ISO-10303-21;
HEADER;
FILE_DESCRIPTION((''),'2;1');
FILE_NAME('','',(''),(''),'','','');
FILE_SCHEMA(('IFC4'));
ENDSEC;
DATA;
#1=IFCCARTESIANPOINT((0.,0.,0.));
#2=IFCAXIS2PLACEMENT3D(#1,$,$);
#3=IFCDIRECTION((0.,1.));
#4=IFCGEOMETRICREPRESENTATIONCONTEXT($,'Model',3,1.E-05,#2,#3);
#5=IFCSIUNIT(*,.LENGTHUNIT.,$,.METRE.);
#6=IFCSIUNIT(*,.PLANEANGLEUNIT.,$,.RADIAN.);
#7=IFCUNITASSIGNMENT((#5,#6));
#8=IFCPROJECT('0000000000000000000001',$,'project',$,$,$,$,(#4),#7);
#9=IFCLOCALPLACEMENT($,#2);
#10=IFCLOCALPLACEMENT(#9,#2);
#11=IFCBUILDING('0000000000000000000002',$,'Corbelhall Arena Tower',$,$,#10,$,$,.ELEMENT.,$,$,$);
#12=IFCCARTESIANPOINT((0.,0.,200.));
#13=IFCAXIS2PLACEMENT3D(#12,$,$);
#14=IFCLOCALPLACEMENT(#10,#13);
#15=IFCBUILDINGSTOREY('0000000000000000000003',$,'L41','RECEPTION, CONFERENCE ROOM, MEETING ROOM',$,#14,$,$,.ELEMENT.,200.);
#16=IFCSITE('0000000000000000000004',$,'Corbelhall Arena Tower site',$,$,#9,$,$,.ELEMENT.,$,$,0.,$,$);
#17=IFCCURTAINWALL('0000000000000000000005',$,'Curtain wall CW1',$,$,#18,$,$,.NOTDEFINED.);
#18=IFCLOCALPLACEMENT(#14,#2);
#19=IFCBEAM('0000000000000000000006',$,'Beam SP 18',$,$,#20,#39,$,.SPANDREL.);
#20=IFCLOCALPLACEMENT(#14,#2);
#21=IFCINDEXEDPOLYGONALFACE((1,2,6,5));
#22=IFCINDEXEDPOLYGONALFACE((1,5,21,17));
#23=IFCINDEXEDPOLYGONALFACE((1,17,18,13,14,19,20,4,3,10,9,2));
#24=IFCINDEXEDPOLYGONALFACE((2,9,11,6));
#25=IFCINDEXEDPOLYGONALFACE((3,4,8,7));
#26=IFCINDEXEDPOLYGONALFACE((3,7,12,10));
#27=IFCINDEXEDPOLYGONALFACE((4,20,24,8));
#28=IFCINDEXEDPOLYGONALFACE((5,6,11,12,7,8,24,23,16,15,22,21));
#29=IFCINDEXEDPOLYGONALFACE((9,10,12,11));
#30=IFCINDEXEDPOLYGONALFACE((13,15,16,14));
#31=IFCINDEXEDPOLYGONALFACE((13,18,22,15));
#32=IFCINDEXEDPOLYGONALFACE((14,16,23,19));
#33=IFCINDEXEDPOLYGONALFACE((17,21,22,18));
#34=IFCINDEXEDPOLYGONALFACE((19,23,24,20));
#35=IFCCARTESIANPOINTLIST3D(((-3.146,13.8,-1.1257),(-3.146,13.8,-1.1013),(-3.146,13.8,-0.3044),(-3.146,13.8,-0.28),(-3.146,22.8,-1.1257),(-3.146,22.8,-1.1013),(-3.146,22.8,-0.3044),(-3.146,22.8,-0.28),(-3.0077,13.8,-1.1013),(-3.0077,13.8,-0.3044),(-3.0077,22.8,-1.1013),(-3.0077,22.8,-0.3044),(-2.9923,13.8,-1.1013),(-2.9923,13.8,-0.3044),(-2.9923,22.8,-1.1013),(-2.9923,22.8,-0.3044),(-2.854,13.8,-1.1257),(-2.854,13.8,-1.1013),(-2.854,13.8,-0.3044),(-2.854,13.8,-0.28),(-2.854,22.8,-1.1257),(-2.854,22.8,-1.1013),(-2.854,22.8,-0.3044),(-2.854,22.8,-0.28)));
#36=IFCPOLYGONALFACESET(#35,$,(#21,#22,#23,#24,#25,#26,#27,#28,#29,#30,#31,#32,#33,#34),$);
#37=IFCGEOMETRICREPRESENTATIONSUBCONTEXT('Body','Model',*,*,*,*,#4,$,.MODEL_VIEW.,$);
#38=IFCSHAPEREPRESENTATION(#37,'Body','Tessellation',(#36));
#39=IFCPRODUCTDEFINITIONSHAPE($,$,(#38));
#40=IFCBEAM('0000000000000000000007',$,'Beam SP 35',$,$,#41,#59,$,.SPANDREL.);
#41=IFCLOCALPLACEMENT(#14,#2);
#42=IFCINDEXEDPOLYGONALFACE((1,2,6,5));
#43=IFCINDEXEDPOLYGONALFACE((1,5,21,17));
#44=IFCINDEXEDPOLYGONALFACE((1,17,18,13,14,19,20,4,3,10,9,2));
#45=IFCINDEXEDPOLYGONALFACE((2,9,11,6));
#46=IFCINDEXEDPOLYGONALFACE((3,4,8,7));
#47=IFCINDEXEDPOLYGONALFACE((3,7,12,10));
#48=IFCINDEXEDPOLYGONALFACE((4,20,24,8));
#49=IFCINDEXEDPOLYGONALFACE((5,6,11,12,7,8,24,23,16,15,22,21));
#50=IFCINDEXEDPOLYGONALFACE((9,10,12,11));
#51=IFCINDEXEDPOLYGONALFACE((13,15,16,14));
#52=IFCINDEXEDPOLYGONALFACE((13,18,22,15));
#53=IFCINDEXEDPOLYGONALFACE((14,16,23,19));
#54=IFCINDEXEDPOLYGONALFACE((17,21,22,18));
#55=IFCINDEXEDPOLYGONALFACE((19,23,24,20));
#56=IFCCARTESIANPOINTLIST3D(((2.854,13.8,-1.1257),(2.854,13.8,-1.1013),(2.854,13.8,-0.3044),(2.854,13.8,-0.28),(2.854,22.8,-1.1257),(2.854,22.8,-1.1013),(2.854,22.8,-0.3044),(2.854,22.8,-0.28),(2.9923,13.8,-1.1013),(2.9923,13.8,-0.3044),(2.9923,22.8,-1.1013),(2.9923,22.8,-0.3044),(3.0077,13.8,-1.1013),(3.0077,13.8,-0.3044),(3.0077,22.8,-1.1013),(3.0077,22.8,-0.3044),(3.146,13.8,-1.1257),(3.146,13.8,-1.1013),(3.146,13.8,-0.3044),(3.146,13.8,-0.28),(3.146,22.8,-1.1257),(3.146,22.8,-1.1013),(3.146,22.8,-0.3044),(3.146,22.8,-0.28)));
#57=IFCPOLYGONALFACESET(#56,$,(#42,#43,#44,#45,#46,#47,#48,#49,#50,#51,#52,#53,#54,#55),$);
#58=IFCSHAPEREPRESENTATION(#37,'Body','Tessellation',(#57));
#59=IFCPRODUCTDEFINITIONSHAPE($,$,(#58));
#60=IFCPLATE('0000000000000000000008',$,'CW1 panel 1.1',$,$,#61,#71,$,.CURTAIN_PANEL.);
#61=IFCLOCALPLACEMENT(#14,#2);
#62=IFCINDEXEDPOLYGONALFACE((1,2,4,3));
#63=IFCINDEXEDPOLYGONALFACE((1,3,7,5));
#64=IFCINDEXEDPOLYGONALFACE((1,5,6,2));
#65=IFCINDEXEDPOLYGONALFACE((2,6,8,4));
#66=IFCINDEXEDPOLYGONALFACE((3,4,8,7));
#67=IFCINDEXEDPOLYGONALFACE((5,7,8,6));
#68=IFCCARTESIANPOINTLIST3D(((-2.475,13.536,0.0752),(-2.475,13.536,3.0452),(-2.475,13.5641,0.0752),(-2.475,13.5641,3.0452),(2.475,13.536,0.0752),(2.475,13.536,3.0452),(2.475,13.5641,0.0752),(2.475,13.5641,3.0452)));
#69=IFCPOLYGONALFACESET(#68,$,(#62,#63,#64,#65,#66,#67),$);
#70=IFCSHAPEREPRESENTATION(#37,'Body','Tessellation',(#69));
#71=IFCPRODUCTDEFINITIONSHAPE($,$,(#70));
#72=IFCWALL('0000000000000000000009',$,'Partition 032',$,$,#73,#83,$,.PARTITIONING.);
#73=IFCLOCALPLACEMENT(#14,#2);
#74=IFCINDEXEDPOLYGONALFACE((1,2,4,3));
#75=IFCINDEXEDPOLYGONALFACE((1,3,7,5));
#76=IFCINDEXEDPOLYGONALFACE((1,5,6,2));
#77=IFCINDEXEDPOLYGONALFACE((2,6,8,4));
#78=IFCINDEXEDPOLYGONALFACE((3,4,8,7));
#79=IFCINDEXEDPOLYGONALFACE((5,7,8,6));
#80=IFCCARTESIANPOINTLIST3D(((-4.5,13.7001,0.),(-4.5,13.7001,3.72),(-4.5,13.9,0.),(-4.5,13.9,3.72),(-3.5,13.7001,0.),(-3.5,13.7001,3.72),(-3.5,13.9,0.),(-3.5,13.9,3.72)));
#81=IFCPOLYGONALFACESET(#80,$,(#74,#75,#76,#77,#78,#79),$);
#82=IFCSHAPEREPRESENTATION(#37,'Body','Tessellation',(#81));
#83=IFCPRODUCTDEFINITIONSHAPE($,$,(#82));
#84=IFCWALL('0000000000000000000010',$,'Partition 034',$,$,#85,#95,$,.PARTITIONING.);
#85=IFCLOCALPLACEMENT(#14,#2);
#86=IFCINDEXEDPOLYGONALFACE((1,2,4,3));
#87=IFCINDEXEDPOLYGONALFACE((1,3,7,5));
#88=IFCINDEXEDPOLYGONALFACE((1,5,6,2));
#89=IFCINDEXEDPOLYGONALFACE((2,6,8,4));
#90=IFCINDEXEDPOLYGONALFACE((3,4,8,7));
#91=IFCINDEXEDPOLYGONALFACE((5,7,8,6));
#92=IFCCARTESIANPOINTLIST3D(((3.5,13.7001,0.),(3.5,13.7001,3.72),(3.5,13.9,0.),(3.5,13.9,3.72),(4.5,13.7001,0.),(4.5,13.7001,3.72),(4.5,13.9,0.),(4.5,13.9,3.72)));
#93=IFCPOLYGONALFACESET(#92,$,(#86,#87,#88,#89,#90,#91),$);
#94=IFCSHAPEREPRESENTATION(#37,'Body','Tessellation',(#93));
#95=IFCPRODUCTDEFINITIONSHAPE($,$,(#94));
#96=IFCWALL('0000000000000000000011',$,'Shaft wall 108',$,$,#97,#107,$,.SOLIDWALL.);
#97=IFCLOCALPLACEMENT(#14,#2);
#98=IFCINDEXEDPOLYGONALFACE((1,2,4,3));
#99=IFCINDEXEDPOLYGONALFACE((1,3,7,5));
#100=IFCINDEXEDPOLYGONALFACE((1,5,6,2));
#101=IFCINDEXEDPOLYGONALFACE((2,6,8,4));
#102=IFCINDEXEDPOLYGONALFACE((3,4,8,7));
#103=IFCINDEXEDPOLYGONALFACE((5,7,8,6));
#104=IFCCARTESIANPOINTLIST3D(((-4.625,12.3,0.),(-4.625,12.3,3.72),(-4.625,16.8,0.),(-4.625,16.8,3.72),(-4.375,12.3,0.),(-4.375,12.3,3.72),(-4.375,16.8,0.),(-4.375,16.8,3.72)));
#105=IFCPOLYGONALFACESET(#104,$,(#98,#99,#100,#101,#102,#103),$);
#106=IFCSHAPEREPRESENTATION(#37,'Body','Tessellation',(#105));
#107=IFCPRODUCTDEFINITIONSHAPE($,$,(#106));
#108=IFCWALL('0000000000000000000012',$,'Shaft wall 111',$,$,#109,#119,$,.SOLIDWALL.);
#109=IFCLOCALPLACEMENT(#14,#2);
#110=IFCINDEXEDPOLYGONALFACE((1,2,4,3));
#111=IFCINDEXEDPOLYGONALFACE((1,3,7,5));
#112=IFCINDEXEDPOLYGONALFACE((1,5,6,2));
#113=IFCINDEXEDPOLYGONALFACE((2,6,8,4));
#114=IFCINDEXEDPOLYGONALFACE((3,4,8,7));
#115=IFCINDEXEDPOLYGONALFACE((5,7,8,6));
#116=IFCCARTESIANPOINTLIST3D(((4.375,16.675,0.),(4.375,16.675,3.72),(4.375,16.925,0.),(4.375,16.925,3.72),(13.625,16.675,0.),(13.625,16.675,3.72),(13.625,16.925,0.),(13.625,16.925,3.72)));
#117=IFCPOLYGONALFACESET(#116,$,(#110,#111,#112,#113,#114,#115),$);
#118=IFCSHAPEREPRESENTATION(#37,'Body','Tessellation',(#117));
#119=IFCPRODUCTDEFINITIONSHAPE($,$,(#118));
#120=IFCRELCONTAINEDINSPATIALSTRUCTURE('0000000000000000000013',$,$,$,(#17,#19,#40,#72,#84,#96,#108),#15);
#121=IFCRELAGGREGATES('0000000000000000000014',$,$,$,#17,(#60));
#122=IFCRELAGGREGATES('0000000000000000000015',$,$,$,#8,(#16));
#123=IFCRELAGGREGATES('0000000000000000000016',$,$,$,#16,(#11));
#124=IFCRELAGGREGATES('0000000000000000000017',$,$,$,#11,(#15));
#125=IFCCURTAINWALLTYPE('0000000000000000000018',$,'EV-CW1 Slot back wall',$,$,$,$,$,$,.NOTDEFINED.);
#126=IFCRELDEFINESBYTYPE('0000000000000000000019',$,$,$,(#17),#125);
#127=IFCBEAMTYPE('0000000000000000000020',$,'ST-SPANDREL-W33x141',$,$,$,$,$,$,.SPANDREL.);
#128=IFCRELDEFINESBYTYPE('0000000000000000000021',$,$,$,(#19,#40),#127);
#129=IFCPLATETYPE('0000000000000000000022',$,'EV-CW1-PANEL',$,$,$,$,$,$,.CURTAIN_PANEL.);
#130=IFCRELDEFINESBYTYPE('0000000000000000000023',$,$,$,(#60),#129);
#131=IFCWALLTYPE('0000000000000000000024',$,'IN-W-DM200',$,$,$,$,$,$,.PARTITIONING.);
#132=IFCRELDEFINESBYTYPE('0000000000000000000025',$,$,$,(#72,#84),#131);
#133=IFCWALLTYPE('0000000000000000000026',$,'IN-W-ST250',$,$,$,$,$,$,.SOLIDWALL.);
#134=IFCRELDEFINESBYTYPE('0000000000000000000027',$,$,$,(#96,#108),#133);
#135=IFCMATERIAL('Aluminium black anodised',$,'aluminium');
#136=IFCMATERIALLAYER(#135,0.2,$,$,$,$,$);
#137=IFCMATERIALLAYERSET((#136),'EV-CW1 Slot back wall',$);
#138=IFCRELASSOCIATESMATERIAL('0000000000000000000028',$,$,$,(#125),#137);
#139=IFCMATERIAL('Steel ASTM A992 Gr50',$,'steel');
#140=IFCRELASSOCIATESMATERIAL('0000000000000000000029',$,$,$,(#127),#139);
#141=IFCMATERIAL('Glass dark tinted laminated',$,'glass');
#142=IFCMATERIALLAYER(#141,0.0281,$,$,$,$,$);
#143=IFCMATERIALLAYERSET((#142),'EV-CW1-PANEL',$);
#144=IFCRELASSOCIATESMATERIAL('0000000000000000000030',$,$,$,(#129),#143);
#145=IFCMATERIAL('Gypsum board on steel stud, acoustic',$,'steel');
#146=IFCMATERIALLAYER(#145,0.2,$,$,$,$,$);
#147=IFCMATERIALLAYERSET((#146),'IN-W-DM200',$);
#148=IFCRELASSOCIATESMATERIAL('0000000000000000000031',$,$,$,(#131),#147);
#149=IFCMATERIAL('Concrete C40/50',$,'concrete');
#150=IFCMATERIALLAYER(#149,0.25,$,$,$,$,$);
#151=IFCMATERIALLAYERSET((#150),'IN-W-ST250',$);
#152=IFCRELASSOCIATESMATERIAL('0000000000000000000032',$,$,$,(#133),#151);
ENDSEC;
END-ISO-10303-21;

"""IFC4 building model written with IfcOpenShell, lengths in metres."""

from ifc_helpers import new_model, si_unit, direction, frame, frame_2d, origin, origin_2d, place, context, subcontext, project, spatial, rectangle, i_section, extrude, material, layer, layer_set, material_profile, profile_set, type_object, element, aggregate, save


model = new_model("IFC4")

# Units and contexts
model_context = context("Model", 3, precision=1e-05, world=origin(), true_north=direction((0.0, 1.0)))
body_context = subcontext(model_context, "Body", "Model", "MODEL_VIEW")
ifc_project = project(units=[si_unit("LENGTHUNIT", "METRE"), si_unit("PLANEANGLEUNIT", "RADIAN")], contexts=[model_context])

# Site, building, storey
site_placement = place(None, origin())
site = spatial("IfcSite", under=ifc_project, at=site_placement, Name="Corbelhall Arena Tower site", CompositionType="ELEMENT", RefElevation=0.0)
building_placement = place(site_placement, origin())
building = spatial("IfcBuilding", under=site, at=building_placement, Name="Corbelhall Arena Tower", CompositionType="ELEMENT")
storey_placement = place(building_placement, frame((0.0, 0.0, 200.0)))
storey = spatial("IfcBuildingStorey", under=building, at=storey_placement, Name="L41", Description="RECEPTION, CONFERENCE ROOM, MEETING ROOM", CompositionType="ELEMENT", Elevation=200.0)

# Curtain wall
ifc_material_1 = material(Name="Aluminium black anodised", Category="aluminium")
ifc_layer_1 = layer(ifc_material_1, 0.2)
ifc_layer_set_1 = layer_set([ifc_layer_1], Name="EV-CW1 Slot back wall")
curtain_wall_type = type_object("IfcCurtainWallType", Name="EV-CW1 Slot back wall", PredefinedType="NOTDEFINED", material=ifc_layer_set_1)
curtain_wall_placement = place(storey_placement, origin())
curtain_wall = element("IfcCurtainWall", 1, at=curtain_wall_placement, inside=storey, type_object=curtain_wall_type, Name="Curtain wall CW1", PredefinedType="NOTDEFINED")

# Beams
ifc_material_2 = material(Name="Steel ASTM A992 Gr50", Category="steel")
ifc_material_profile_1 = material_profile(ifc_material_2, i_section(OverallWidth=0.292, OverallDepth=0.8457, WebThickness=0.0154, FlangeThickness=0.0244, at=origin_2d()))
ifc_profile_set_1 = profile_set([ifc_material_profile_1], Name="Steel ASTM A992 Gr50")
beam_type_1 = type_object("IfcBeamType", Name="ST-SPANDREL-W33x141", PredefinedType="SPANDREL", material=ifc_profile_set_1)
for number, where, z_axis, x_axis, name in (
    (2, (-3.0, 22.8, -0.7029), (0.0, -1.0, 0.0), (1.0, 0.0, 0.0), "Beam SP 18"),
    (3, (3.0, 13.8, -0.7029), (0.0, 1.0, 0.0), (-1.0, 0.0, 0.0), "Beam SP 35"),
):
    element("IfcBeam", number, at=place(storey_placement, frame(where, z_axis=z_axis, x_axis=x_axis)), inside=storey, type_object=beam_type_1, Name=name, PredefinedType="SPANDREL", context=body_context, shape_type="SweptSolid", body=[
        extrude(i_section(OverallWidth=0.292, OverallDepth=0.8457, WebThickness=0.0154, FlangeThickness=0.0244, at=origin_2d()), origin(), (0.0, 0.0, 1.0), 9.0),
    ])

# Plate
ifc_material_3 = material(Name="Glass dark tinted laminated", Category="glass")
ifc_layer_2 = layer(ifc_material_3, 0.0281)
ifc_layer_set_2 = layer_set([ifc_layer_2], Name="EV-CW1-PANEL")
plate_type = type_object("IfcPlateType", Name="EV-CW1-PANEL", PredefinedType="CURTAIN_PANEL", material=ifc_layer_set_2)
plate_placement = place(storey_placement, frame((0.0, 13.55, 0.0752), z_axis=(0.0, 0.0, 1.0), x_axis=(-1.0, 0.0, 0.0)))
plate = element("IfcPlate", 4, at=plate_placement, type_object=plate_type, Name="CW1 panel 1.1", PredefinedType="CURTAIN_PANEL", context=body_context, shape_type="SweptSolid", body=[
    extrude(rectangle(XDim=4.95, YDim=0.0281, at=origin_2d()), origin(), (0.0, 0.0, 1.0), 2.97),
])
aggregate(curtain_wall, [plate])

# Walls
ifc_material_4 = material(Name="Gypsum board on steel stud, acoustic", Category="steel")
ifc_layer_3 = layer(ifc_material_4, 0.2)
ifc_layer_set_3 = layer_set([ifc_layer_3], Name="IN-W-DM200")
wall_type_1 = type_object("IfcWallType", Name="IN-W-DM200", PredefinedType="PARTITIONING", material=ifc_layer_set_3)
for number, where, z_axis, x_axis, name in (
    (5, (-4.5, 13.8, 0.0), (0.0, 0.0, 1.0), (1.0, 0.0, 0.0), "Partition 032"),
    (6, (3.5, 13.8, 0.0), (0.0, 0.0, 1.0), (1.0, 0.0, 0.0), "Partition 034"),
):
    element("IfcWall", number, at=place(storey_placement, frame(where, z_axis=z_axis, x_axis=x_axis)), inside=storey, type_object=wall_type_1, Name=name, PredefinedType="PARTITIONING", context=body_context, shape_type="SweptSolid", body=[
        extrude(rectangle(XDim=1.0, YDim=0.2, at=frame_2d((0.5, 0.0))), origin(), (0.0, 0.0, 1.0), 3.72),
    ])
ifc_material_5 = material(Name="Concrete C40/50", Category="concrete")
ifc_layer_4 = layer(ifc_material_5, 0.25)
ifc_layer_set_4 = layer_set([ifc_layer_4], Name="IN-W-ST250")
wall_type_2 = type_object("IfcWallType", Name="IN-W-ST250", PredefinedType="SOLIDWALL", material=ifc_layer_set_4)
wall_1_placement = place(storey_placement, frame((-4.5, 16.8, 0.0), z_axis=(0.0, 0.0, 1.0), x_axis=(0.0, -1.0, 0.0)))
element("IfcWall", 7, at=wall_1_placement, inside=storey, type_object=wall_type_2, Name="Shaft wall 108", PredefinedType="SOLIDWALL", context=body_context, shape_type="SweptSolid", body=[
    extrude(rectangle(XDim=4.5, YDim=0.25, at=frame_2d((2.25, 0.0))), origin(), (0.0, 0.0, 1.0), 3.72),
])
wall_2_placement = place(storey_placement, frame((4.375, 16.8, 0.0), z_axis=(0.0, 0.0, 1.0), x_axis=(1.0, 0.0, 0.0)))
element("IfcWall", 8, at=wall_2_placement, inside=storey, type_object=wall_type_2, Name="Shaft wall 111", PredefinedType="SOLIDWALL", context=body_context, shape_type="SweptSolid", body=[
    extrude(rectangle(XDim=9.25, YDim=0.25, at=frame_2d((4.625, 0.0))), origin(), (0.0, 0.0, 1.0), 3.72),
])

save(model, "model.ifc")
